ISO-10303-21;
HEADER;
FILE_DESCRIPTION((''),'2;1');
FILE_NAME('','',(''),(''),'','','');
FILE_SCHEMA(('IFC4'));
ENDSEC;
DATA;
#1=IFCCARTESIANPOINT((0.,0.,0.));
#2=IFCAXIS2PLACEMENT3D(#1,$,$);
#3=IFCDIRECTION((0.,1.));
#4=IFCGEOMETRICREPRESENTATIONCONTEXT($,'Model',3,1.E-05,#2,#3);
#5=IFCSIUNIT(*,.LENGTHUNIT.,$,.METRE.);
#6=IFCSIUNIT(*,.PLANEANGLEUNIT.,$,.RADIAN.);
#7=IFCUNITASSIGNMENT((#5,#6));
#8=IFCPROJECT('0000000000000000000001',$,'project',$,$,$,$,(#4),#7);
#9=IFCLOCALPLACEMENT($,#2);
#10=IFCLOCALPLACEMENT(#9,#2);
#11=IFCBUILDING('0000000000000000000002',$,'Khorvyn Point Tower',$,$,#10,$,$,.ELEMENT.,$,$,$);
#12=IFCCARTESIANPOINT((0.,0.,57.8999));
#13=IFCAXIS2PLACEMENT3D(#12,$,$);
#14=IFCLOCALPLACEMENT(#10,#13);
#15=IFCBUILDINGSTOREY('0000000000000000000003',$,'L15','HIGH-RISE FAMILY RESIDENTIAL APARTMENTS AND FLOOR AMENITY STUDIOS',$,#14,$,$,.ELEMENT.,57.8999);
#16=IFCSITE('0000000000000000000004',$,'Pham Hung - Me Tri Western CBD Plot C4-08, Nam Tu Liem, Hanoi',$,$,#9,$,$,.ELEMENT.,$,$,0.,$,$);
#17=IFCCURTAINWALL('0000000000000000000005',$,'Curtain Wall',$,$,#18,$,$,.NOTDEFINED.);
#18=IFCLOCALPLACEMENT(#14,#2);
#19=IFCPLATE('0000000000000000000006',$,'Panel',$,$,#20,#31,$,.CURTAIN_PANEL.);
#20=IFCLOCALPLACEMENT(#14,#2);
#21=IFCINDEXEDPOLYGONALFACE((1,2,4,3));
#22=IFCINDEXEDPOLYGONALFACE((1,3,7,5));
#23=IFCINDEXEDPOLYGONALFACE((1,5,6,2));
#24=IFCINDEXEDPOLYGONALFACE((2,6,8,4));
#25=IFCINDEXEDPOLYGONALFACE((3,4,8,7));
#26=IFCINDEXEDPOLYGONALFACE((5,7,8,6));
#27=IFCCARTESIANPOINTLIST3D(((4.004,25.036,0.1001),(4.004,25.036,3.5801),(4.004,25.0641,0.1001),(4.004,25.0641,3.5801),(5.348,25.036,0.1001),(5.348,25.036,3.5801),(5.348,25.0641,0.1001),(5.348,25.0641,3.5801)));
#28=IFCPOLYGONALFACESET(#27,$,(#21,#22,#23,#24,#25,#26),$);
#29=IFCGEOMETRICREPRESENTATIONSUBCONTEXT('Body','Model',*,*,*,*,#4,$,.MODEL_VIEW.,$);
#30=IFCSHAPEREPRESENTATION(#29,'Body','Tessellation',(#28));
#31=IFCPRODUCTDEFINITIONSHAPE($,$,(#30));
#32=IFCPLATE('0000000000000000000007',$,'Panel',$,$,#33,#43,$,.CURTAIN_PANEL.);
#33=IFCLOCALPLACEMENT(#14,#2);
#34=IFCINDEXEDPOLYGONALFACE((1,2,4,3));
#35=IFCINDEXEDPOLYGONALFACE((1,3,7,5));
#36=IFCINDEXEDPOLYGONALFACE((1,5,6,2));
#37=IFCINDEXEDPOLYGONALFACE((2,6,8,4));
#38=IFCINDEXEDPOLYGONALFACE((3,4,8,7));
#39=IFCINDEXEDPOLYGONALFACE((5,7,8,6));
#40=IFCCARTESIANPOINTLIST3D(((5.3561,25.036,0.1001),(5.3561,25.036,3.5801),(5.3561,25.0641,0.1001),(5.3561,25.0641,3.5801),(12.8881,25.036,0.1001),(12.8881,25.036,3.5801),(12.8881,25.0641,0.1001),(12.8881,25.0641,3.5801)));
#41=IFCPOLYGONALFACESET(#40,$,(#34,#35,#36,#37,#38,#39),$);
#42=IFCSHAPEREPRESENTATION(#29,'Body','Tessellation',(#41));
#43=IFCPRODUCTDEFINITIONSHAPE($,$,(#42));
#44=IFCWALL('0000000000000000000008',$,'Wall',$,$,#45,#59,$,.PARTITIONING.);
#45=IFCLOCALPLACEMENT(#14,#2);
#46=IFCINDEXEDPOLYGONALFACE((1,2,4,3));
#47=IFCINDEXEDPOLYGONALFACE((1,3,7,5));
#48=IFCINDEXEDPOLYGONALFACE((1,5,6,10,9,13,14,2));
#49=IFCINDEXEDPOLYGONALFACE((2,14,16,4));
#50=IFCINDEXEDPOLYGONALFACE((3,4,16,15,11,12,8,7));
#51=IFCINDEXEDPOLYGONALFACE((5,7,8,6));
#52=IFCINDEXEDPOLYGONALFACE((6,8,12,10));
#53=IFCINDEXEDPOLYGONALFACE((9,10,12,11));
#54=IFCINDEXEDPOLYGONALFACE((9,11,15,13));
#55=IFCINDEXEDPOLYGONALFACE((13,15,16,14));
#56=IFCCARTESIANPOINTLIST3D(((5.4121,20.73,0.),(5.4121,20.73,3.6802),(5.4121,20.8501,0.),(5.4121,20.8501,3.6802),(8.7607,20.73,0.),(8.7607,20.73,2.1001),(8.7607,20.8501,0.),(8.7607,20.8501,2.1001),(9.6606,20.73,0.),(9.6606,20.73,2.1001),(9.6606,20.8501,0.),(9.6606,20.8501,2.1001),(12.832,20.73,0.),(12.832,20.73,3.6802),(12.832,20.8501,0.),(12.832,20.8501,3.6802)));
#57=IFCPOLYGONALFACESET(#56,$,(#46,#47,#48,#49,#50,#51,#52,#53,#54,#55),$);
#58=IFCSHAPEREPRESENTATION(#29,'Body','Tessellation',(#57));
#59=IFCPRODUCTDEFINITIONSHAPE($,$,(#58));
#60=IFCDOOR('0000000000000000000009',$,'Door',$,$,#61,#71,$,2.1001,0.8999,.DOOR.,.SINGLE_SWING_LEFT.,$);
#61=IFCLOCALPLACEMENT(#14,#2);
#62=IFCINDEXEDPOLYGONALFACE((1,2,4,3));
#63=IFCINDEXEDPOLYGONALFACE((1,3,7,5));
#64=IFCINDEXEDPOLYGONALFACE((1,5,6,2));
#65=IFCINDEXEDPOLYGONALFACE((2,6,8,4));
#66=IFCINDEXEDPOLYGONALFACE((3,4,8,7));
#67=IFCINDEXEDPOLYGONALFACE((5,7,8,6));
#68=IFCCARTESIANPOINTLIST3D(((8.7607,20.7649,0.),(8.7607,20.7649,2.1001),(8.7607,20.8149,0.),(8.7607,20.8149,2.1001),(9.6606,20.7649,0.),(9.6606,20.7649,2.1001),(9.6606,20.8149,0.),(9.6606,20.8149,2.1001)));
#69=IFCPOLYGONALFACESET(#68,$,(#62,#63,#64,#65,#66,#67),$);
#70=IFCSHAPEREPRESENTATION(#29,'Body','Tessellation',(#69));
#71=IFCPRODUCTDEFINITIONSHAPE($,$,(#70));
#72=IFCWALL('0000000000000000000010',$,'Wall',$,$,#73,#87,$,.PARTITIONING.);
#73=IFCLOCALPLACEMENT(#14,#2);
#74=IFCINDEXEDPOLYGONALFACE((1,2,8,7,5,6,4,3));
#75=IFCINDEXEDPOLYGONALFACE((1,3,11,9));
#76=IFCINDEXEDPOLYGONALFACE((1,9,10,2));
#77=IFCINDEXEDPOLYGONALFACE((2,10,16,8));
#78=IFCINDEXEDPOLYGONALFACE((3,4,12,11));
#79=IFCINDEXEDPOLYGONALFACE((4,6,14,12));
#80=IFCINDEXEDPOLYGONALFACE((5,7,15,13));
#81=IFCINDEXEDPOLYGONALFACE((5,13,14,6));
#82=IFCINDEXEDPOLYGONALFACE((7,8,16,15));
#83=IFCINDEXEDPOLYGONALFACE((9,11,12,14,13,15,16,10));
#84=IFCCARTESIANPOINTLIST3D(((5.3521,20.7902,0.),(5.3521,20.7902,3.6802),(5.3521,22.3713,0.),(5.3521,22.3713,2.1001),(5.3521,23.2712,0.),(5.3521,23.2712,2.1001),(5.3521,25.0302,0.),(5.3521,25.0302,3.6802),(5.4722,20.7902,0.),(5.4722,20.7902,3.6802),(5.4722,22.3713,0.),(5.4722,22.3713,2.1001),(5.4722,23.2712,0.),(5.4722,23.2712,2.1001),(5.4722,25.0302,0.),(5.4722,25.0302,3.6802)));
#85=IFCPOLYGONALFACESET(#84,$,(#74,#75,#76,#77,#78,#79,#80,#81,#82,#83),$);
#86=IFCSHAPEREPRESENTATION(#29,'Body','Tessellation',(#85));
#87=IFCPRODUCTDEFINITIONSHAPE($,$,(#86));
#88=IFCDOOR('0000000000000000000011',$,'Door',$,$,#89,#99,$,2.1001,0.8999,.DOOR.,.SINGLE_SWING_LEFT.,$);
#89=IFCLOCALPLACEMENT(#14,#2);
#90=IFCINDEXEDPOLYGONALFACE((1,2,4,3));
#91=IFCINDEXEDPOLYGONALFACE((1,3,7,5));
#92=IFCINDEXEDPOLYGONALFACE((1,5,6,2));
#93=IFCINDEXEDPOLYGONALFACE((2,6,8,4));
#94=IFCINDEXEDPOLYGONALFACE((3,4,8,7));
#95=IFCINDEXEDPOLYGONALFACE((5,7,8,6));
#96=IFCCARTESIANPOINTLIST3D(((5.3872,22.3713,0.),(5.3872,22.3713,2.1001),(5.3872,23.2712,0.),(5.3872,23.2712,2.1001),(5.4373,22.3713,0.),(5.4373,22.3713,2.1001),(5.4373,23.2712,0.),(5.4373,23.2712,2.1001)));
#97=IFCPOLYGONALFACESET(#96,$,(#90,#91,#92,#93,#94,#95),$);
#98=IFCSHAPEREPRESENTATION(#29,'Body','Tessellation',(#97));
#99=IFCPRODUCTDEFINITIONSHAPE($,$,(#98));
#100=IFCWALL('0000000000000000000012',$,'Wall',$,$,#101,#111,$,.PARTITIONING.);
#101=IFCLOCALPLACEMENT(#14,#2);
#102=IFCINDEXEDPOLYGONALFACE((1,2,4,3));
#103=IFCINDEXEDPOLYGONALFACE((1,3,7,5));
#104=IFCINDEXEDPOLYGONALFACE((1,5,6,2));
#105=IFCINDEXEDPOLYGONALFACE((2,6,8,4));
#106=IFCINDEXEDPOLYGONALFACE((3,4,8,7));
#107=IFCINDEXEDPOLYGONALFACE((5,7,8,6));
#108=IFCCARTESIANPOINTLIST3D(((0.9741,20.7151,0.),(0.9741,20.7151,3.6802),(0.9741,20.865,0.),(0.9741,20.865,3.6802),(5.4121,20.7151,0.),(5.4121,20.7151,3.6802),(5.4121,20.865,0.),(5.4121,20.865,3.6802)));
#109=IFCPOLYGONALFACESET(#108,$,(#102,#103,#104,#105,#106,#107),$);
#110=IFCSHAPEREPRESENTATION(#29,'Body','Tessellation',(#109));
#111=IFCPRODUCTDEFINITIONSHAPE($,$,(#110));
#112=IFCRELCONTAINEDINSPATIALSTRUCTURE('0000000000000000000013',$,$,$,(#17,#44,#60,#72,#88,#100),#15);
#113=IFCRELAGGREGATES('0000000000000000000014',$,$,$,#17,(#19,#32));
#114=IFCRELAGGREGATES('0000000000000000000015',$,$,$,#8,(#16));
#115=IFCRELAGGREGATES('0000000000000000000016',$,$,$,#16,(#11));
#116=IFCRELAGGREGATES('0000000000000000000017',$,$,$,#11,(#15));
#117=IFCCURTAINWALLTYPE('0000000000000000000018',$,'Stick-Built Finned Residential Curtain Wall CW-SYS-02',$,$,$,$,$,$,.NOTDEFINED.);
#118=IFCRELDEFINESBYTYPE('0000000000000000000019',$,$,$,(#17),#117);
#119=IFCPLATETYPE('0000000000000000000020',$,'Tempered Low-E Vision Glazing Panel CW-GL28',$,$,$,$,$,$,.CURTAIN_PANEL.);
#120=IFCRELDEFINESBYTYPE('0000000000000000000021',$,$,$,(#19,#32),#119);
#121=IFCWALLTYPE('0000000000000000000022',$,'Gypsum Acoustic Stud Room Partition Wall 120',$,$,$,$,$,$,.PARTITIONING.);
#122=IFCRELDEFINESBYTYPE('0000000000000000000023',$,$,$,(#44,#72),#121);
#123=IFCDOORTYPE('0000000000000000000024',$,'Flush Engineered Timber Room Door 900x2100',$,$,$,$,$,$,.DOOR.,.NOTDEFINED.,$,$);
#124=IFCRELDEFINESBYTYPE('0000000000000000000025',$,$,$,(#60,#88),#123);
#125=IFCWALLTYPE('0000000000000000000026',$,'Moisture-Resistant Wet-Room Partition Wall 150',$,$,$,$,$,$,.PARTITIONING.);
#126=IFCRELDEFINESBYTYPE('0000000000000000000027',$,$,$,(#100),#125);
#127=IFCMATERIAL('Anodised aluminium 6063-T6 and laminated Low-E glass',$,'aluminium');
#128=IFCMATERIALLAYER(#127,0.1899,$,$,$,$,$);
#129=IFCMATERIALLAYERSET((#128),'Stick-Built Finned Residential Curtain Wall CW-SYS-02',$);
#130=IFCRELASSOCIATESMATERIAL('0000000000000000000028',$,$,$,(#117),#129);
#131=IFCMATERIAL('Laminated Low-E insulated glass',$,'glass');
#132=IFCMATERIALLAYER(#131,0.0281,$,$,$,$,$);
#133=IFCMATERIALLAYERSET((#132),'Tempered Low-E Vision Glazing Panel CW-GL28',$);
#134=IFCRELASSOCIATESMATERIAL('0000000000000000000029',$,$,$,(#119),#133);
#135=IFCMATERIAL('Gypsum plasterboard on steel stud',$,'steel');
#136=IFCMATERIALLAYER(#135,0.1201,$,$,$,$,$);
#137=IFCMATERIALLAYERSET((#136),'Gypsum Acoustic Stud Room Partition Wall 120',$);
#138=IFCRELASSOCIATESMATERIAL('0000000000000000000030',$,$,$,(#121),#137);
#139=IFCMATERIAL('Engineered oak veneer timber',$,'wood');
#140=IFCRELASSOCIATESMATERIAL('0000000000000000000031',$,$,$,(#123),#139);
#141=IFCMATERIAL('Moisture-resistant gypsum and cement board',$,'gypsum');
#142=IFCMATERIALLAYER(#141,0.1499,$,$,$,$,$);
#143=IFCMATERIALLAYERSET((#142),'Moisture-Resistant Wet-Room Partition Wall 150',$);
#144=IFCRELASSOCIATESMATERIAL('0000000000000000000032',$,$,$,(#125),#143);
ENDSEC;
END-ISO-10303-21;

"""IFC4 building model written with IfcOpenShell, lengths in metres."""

from ifc_helpers import new_model, si_unit, direction, frame, frame_2d, origin, origin_2d, place, context, subcontext, project, spatial, rectangle, extrude, material, layer, layer_set, type_object, element, fill, aggregate, save


model = new_model("IFC4")

# Units and contexts
model_context = context("Model", 3, precision=1e-05, world=origin(), true_north=direction((0.0, 1.0)))
body_context = subcontext(model_context, "Body", "Model", "MODEL_VIEW")
ifc_project = project(units=[si_unit("LENGTHUNIT", "METRE"), si_unit("PLANEANGLEUNIT", "RADIAN")], contexts=[model_context])

# Site, building, storey
site_placement = place(None, origin())
site = spatial("IfcSite", under=ifc_project, at=site_placement, Name="Pham Hung - Me Tri Western CBD Plot C4-08, Nam Tu Liem, Hanoi", CompositionType="ELEMENT", RefElevation=0.0)
building_placement = place(site_placement, origin())
building = spatial("IfcBuilding", under=site, at=building_placement, Name="Khorvyn Point Tower", CompositionType="ELEMENT")
storey_placement = place(building_placement, frame((0.0, 0.0, 57.8999)))
storey = spatial("IfcBuildingStorey", under=building, at=storey_placement, Name="L15", Description="HIGH-RISE FAMILY RESIDENTIAL APARTMENTS AND FLOOR AMENITY STUDIOS", CompositionType="ELEMENT", Elevation=57.8999)

# Curtain wall
ifc_material_1 = material(Name="Anodised aluminium 6063-T6 and laminated Low-E glass", Category="aluminium")
ifc_layer_1 = layer(ifc_material_1, 0.1899)
ifc_layer_set_1 = layer_set([ifc_layer_1], Name="Stick-Built Finned Residential Curtain Wall CW-SYS-02")
curtain_wall_type = type_object("IfcCurtainWallType", Name="Stick-Built Finned Residential Curtain Wall CW-SYS-02", PredefinedType="NOTDEFINED", material=ifc_layer_set_1)
curtain_wall_placement = place(storey_placement, origin())
curtain_wall = element("IfcCurtainWall", 1, at=curtain_wall_placement, inside=storey, type_object=curtain_wall_type, Name="Curtain Wall", PredefinedType="NOTDEFINED")

# Plates
ifc_material_2 = material(Name="Laminated Low-E insulated glass", Category="glass")
ifc_layer_2 = layer(ifc_material_2, 0.0281)
ifc_layer_set_2 = layer_set([ifc_layer_2], Name="Tempered Low-E Vision Glazing Panel CW-GL28")
plate_type = type_object("IfcPlateType", Name="Tempered Low-E Vision Glazing Panel CW-GL28", PredefinedType="CURTAIN_PANEL", material=ifc_layer_set_2)
plate_1_placement = place(storey_placement, frame((4.676, 25.05, 0.1001), z_axis=(0.0, 0.0, 1.0), x_axis=(1.0, 0.0, 0.0)))
plate_1 = element("IfcPlate", 2, at=plate_1_placement, type_object=plate_type, Name="Panel", PredefinedType="CURTAIN_PANEL", context=body_context, shape_type="SweptSolid", body=[
    extrude(rectangle(XDim=1.344, YDim=0.0281, at=origin_2d()), origin(), (0.0, 0.0, 1.0), 3.48),
])
plate_2_placement = place(storey_placement, frame((9.1221, 25.05, 0.1001), z_axis=(0.0, 0.0, 1.0), x_axis=(1.0, 0.0, 0.0)))
plate_2 = element("IfcPlate", 3, at=plate_2_placement, type_object=plate_type, Name="Panel", PredefinedType="CURTAIN_PANEL", context=body_context, shape_type="SweptSolid", body=[
    extrude(rectangle(XDim=7.532, YDim=0.0281, at=origin_2d()), origin(), (0.0, 0.0, 1.0), 3.48),
])
aggregate(curtain_wall, [plate_1, plate_2])

# Walls, openings, doors
ifc_material_3 = material(Name="Gypsum plasterboard on steel stud", Category="steel")
ifc_layer_3 = layer(ifc_material_3, 0.1201)
ifc_layer_set_3 = layer_set([ifc_layer_3], Name="Gypsum Acoustic Stud Room Partition Wall 120")
wall_type_1 = type_object("IfcWallType", Name="Gypsum Acoustic Stud Room Partition Wall 120", PredefinedType="PARTITIONING", material=ifc_layer_set_3)
wall_1_placement = place(storey_placement, frame((5.4121, 20.79, 0.0), z_axis=(0.0, 0.0, 1.0), x_axis=(1.0, 0.0, 0.0)))
wall_1 = element("IfcWall", 4, at=wall_1_placement, inside=storey, type_object=wall_type_1, Name="Wall", PredefinedType="PARTITIONING", context=body_context, shape_type="SweptSolid", body=[
    extrude(rectangle(XDim=7.4199, YDim=0.1201, at=frame_2d((3.71, 0.0))), origin(), (0.0, 0.0, 1.0), 3.6802),
])
opening_1_placement = place(wall_1_placement, frame((3.3486, 0.0, 0.0)))
opening_1 = element("IfcOpeningElement", 5, at=opening_1_placement, cuts=wall_1, PredefinedType="OPENING", context=body_context, shape_type="SweptSolid", body=[
    extrude(rectangle(XDim=0.8999, YDim=2.1001, at=frame_2d((0.45, 1.05))), frame((0.0, 0.0701, 0.0), z_axis=(0.0, -1.0, 0.0), x_axis=(1.0, 0.0, 0.0)), (0.0, 0.0, 1.0), 0.1401),
])
ifc_material_4 = material(Name="Engineered oak veneer timber", Category="wood")
door_type = type_object("IfcDoorType", Name="Flush Engineered Timber Room Door 900x2100", OperationType="NOTDEFINED", PredefinedType="DOOR", material=ifc_material_4)
door_1_placement = place(opening_1_placement, origin())
door_1 = element("IfcDoor", 6, at=door_1_placement, inside=storey, type_object=door_type, Name="Door", OperationType="SINGLE_SWING_LEFT", OverallHeight=2.1001, OverallWidth=0.8999, PredefinedType="DOOR", context=body_context, shape_type="SweptSolid", body=[
    extrude(rectangle(XDim=0.8999, YDim=2.1001, at=frame_2d((0.45, 1.05))), frame((0.0, 0.0249, 0.0), z_axis=(0.0, -1.0, 0.0), x_axis=(1.0, 0.0, 0.0)), (0.0, 0.0, 1.0), 0.05),
])
fill(opening_1, door_1)
wall_2_placement = place(storey_placement, frame((5.4121, 20.79, 0.0), z_axis=(0.0, 0.0, 1.0), x_axis=(0.0, 1.0, 0.0)))
wall_2 = element("IfcWall", 7, at=wall_2_placement, inside=storey, type_object=wall_type_1, Name="Wall", PredefinedType="PARTITIONING", context=body_context, shape_type="SweptSolid", body=[
    extrude(rectangle(XDim=4.24, YDim=0.1201, at=frame_2d((2.1201, 0.0))), origin(), (0.0, 0.0, 1.0), 3.6802),
])
opening_2_placement = place(wall_2_placement, frame((1.5813, 0.0, 0.0)))
opening_2 = element("IfcOpeningElement", 8, at=opening_2_placement, cuts=wall_2, PredefinedType="OPENING", context=body_context, shape_type="SweptSolid", body=[
    extrude(rectangle(XDim=0.8999, YDim=2.1001, at=frame_2d((0.45, 1.05))), frame((0.0, 0.0701, 0.0), z_axis=(0.0, -1.0, 0.0), x_axis=(1.0, 0.0, 0.0)), (0.0, 0.0, 1.0), 0.1401),
])
door_2_placement = place(opening_2_placement, origin())
door_2 = element("IfcDoor", 9, at=door_2_placement, inside=storey, type_object=door_type, Name="Door", OperationType="SINGLE_SWING_LEFT", OverallHeight=2.1001, OverallWidth=0.8999, PredefinedType="DOOR", context=body_context, shape_type="SweptSolid", body=[
    extrude(rectangle(XDim=0.8999, YDim=2.1001, at=frame_2d((0.45, 1.05))), frame((0.0, 0.0249, 0.0), z_axis=(0.0, -1.0, 0.0), x_axis=(1.0, 0.0, 0.0)), (0.0, 0.0, 1.0), 0.05),
])
fill(opening_2, door_2)

# Wall
ifc_material_5 = material(Name="Moisture-resistant gypsum and cement board", Category="gypsum")
ifc_layer_4 = layer(ifc_material_5, 0.1499)
ifc_layer_set_4 = layer_set([ifc_layer_4], Name="Moisture-Resistant Wet-Room Partition Wall 150")
wall_type_2 = type_object("IfcWallType", Name="Moisture-Resistant Wet-Room Partition Wall 150", PredefinedType="PARTITIONING", material=ifc_layer_set_4)
wall_3_placement = place(storey_placement, frame((0.9741, 20.79, 0.0), z_axis=(0.0, 0.0, 1.0), x_axis=(1.0, 0.0, 0.0)))
element("IfcWall", 10, at=wall_3_placement, inside=storey, type_object=wall_type_2, Name="Wall", PredefinedType="PARTITIONING", context=body_context, shape_type="SweptSolid", body=[
    extrude(rectangle(XDim=4.438, YDim=0.1499, at=frame_2d((2.219, 0.0))), origin(), (0.0, 0.0, 1.0), 3.6802),
])

save(model, "model.ifc")
